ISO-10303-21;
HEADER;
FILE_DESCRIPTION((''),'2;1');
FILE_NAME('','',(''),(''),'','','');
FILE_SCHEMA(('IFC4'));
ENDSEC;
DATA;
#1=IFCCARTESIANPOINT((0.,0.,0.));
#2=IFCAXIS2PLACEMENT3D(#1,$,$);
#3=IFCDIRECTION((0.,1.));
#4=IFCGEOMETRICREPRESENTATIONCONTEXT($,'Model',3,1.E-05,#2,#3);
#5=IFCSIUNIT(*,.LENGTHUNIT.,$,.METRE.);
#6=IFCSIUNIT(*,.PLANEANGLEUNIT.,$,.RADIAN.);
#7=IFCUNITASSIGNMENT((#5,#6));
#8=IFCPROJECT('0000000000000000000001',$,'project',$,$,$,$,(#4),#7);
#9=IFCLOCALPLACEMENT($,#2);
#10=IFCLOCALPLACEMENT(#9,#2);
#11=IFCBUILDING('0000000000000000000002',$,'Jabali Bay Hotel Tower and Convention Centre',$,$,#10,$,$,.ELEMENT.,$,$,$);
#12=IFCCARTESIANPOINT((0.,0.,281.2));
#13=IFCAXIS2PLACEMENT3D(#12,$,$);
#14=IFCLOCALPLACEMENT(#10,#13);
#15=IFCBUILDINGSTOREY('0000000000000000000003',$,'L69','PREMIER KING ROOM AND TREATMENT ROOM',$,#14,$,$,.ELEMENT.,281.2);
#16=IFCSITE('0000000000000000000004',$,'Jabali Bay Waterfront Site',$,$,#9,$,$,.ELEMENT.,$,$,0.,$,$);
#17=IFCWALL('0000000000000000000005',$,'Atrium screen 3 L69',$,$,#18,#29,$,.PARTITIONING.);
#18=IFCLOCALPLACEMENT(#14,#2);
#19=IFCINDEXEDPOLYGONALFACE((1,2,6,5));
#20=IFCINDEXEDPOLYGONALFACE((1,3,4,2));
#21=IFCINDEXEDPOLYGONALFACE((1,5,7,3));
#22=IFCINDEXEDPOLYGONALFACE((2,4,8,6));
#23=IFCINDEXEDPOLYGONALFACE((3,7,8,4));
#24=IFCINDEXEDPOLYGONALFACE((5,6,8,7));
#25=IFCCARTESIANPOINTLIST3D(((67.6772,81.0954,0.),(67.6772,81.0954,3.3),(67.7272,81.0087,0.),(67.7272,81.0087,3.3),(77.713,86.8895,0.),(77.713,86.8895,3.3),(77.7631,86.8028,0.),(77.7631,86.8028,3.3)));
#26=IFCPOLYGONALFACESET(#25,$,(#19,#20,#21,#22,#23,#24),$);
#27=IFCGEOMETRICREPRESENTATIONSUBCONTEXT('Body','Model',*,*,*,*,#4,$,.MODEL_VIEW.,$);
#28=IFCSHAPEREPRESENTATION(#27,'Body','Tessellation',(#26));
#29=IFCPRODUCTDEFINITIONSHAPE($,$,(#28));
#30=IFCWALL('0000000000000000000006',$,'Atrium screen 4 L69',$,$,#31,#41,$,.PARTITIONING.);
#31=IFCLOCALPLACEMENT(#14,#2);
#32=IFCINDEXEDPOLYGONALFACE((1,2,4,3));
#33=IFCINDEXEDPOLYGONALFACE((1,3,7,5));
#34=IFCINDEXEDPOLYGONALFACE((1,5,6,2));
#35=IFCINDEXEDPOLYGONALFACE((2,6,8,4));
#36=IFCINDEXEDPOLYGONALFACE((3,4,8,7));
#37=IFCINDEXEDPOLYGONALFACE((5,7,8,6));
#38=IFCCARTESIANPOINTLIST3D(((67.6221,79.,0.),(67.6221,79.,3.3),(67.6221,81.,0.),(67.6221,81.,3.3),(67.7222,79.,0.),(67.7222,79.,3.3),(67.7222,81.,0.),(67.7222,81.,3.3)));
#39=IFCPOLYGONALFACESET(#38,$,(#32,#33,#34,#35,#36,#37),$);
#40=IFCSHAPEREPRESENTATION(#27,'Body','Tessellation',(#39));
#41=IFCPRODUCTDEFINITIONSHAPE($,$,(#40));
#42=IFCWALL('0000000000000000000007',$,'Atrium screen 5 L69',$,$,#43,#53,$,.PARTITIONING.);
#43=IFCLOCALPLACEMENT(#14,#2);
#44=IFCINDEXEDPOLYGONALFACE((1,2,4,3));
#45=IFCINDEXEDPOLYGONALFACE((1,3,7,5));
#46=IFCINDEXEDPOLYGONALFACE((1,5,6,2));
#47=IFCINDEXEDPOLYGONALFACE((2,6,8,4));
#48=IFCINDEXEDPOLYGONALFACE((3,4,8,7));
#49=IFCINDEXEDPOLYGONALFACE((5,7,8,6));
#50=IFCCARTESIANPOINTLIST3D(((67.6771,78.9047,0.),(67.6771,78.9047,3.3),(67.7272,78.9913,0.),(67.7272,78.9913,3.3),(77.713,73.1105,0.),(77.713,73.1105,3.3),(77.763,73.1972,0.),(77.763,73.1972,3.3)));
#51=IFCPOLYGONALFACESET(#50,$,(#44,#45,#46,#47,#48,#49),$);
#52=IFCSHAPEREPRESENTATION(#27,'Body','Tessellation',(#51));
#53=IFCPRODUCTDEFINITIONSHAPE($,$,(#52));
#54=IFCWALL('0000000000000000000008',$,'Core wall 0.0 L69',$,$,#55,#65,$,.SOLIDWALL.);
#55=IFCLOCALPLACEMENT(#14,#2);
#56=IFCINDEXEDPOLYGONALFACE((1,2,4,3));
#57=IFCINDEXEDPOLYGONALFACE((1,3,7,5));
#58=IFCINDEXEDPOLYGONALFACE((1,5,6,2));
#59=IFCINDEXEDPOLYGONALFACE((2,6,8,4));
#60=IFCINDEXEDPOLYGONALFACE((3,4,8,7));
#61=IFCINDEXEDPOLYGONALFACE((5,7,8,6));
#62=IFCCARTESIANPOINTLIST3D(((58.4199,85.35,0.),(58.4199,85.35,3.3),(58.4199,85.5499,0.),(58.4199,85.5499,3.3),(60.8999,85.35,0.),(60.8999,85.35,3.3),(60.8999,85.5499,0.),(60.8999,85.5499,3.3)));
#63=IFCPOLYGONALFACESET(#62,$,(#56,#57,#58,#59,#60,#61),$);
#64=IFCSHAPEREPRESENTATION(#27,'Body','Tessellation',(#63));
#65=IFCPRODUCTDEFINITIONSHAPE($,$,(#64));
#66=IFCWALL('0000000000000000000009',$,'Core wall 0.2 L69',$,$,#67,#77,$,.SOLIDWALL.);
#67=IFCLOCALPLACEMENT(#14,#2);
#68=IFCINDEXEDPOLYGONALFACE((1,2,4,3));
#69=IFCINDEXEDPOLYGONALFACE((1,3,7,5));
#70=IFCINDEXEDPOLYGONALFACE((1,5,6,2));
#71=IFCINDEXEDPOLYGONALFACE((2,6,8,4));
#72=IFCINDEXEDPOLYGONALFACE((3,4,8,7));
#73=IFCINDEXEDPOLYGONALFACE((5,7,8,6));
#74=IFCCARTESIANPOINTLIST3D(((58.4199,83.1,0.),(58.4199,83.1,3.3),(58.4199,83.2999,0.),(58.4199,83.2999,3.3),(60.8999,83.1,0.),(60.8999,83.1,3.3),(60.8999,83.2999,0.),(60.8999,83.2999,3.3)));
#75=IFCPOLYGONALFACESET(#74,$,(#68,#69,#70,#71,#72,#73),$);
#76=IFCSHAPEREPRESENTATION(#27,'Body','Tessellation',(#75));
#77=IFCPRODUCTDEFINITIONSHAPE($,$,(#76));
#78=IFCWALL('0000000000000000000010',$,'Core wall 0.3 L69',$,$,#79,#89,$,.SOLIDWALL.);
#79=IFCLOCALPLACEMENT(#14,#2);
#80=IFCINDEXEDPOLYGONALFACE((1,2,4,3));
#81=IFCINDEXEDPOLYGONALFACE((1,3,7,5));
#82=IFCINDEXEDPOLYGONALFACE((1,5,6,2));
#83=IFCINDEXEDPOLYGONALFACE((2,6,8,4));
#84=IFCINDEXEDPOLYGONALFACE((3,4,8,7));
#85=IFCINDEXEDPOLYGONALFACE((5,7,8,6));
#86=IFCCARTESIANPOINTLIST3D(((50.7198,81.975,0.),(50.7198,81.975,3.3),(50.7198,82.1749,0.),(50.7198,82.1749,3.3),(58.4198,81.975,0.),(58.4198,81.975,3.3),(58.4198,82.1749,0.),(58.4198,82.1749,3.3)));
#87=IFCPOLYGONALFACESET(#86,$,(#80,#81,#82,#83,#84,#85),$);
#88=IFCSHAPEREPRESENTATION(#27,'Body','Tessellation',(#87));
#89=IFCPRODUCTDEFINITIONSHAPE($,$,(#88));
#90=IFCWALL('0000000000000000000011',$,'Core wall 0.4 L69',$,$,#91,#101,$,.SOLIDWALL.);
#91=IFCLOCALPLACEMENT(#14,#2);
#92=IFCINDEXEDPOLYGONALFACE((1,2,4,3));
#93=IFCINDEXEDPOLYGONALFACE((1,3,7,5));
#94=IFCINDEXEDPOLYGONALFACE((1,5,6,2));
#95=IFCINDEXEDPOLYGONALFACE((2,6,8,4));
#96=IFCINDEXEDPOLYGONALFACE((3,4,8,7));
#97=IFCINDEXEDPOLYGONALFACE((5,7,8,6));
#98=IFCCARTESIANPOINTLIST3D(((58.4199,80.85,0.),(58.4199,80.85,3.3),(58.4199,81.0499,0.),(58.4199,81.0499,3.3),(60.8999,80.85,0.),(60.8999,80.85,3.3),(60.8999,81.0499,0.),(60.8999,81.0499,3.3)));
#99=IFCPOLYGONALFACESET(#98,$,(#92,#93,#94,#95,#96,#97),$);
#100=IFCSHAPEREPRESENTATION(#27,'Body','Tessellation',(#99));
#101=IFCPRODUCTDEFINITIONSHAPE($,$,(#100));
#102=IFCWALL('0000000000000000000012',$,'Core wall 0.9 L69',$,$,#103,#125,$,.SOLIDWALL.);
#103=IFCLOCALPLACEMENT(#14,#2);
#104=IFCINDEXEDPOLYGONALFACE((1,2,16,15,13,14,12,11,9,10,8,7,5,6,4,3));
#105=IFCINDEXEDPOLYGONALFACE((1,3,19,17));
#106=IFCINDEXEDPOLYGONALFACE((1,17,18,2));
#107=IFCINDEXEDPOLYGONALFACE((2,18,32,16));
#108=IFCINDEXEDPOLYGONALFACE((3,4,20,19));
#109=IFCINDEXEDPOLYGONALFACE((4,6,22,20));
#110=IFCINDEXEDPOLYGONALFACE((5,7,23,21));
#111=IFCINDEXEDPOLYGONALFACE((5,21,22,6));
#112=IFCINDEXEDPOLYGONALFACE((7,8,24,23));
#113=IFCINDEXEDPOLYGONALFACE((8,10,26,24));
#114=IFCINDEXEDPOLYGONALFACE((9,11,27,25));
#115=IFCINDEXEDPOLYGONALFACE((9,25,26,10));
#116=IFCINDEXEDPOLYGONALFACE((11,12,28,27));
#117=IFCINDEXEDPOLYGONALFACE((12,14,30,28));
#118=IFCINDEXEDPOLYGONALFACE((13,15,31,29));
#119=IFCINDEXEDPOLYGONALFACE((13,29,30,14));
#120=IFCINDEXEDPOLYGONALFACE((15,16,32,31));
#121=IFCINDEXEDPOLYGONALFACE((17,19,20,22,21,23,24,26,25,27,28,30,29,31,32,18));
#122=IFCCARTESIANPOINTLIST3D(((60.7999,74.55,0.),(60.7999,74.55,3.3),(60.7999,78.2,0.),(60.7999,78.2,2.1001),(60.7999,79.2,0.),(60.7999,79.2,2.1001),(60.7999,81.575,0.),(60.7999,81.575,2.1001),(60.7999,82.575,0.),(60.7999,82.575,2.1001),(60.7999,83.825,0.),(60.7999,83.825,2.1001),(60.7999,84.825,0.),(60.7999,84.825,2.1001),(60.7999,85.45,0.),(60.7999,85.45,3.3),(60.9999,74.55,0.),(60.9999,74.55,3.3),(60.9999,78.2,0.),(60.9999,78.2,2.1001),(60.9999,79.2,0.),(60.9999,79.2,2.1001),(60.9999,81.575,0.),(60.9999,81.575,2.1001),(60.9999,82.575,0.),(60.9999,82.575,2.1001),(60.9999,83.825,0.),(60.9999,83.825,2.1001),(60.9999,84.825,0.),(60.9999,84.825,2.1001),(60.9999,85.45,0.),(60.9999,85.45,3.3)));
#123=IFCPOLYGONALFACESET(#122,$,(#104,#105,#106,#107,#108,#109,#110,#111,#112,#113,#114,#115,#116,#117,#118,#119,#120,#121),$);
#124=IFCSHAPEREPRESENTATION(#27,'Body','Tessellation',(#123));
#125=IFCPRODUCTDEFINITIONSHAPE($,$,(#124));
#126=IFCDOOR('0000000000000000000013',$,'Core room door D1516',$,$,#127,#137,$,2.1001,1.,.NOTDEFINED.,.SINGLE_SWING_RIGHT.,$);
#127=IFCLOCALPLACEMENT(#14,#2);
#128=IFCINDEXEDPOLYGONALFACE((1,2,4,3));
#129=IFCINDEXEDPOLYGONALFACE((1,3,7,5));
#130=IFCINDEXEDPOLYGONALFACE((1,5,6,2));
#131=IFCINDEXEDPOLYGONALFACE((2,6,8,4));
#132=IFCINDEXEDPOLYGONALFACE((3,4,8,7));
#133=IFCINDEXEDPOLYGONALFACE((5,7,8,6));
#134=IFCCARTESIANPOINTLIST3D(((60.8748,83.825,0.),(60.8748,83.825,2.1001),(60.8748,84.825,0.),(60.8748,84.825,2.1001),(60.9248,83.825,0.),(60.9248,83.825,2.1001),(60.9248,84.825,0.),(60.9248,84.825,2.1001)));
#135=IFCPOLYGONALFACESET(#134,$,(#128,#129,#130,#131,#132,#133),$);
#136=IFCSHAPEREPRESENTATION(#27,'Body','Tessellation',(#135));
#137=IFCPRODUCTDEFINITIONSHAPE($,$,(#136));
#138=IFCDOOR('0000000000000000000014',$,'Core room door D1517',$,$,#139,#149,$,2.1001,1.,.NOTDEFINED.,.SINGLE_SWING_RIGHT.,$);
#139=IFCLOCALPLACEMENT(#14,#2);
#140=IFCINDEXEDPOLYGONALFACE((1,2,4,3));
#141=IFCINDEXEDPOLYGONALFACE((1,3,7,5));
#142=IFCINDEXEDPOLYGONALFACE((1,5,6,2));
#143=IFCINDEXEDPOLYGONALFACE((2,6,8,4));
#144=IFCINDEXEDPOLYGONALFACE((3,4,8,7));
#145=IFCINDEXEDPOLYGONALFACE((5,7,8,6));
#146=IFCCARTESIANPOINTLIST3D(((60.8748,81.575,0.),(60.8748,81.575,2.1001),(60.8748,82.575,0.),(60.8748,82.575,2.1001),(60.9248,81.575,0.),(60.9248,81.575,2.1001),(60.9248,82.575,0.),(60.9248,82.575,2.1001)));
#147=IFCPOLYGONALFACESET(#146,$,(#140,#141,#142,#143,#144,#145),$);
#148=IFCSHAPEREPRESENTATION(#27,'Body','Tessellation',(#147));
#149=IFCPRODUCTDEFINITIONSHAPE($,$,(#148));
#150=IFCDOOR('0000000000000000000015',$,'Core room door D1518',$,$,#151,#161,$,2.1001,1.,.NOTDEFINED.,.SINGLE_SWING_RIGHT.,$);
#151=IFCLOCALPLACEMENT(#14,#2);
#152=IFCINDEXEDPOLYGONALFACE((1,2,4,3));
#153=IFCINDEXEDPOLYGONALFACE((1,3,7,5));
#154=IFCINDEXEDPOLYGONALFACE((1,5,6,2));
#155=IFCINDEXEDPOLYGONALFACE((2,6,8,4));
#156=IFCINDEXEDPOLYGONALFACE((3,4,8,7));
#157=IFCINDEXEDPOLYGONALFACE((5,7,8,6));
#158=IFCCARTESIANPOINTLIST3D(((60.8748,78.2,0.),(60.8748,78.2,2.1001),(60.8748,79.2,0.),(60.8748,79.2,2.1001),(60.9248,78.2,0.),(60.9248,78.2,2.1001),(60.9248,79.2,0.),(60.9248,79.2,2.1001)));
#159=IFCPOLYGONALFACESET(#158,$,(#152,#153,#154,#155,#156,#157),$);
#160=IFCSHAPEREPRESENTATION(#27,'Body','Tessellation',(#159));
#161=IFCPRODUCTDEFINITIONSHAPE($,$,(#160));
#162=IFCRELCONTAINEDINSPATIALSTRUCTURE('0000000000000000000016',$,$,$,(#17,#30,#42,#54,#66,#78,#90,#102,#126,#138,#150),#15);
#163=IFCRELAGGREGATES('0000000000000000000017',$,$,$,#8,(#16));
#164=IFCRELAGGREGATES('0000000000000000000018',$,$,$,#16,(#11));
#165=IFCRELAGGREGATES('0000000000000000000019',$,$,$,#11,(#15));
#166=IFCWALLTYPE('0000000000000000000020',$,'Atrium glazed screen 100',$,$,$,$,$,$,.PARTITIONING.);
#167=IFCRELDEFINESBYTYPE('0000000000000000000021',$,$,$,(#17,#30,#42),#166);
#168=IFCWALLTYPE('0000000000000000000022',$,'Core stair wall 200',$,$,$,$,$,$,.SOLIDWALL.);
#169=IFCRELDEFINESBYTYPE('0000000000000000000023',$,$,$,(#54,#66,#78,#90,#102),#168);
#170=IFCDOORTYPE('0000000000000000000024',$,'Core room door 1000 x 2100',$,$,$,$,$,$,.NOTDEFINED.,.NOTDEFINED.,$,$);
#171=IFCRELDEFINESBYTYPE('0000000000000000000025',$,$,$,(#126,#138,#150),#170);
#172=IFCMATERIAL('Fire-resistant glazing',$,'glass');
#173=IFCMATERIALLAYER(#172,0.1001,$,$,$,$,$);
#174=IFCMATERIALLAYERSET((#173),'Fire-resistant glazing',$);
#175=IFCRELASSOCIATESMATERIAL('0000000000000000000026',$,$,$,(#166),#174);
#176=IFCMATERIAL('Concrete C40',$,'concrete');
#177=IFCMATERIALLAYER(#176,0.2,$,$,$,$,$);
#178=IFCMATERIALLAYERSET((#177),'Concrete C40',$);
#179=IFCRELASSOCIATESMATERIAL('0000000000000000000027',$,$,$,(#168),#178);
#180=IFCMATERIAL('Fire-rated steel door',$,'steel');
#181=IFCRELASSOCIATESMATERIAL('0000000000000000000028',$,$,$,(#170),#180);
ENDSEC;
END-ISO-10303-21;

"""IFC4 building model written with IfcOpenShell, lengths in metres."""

from ifc_helpers import new_model, si_unit, direction, frame, frame_2d, origin, place, context, subcontext, project, spatial, rectangle, extrude, material, layer, layer_set, type_object, element, fill, save


model = new_model("IFC4")

# Units and contexts
model_context = context("Model", 3, precision=1e-05, world=origin(), true_north=direction((0.0, 1.0)))
body_context = subcontext(model_context, "Body", "Model", "MODEL_VIEW")
ifc_project = project(units=[si_unit("LENGTHUNIT", "METRE"), si_unit("PLANEANGLEUNIT", "RADIAN")], contexts=[model_context])

# Site, building, storey
site_placement = place(None, origin())
site = spatial("IfcSite", under=ifc_project, at=site_placement, Name="Jabali Bay Waterfront Site", CompositionType="ELEMENT", RefElevation=0.0)
building_placement = place(site_placement, origin())
building = spatial("IfcBuilding", under=site, at=building_placement, Name="Jabali Bay Hotel Tower and Convention Centre", CompositionType="ELEMENT")
storey_placement = place(building_placement, frame((0.0, 0.0, 281.2)))
storey = spatial("IfcBuildingStorey", under=building, at=storey_placement, Name="L69", Description="PREMIER KING ROOM AND TREATMENT ROOM", CompositionType="ELEMENT", Elevation=281.2)

# Walls
ifc_material_1 = material(Name="Fire-resistant glazing", Category="glass")
ifc_layer_1 = layer(ifc_material_1, 0.1001)
ifc_layer_set_1 = layer_set([ifc_layer_1], Name="Fire-resistant glazing")
wall_type_1 = type_object("IfcWallType", Name="Atrium glazed screen 100", PredefinedType="PARTITIONING", material=ifc_layer_set_1)
wall_1_placement = place(storey_placement, frame((77.738, 86.8462, 0.0), z_axis=(0.0, 0.0, 1.0), x_axis=(-0.866027, -0.499998, 0.0)))
element("IfcWall", 1, at=wall_1_placement, inside=storey, type_object=wall_type_1, Name="Atrium screen 3 L69", PredefinedType="PARTITIONING", context=body_context, shape_type="SweptSolid", body=[
    extrude(rectangle(XDim=11.5884, YDim=0.1001, at=frame_2d((5.7942, 0.0))), origin(), (0.0, 0.0, 1.0), 3.3),
])
wall_2_placement = place(storey_placement, frame((67.6721, 81.0, 0.0), z_axis=(0.0, 0.0, 1.0), x_axis=(0.0, -1.0, 0.0)))
element("IfcWall", 2, at=wall_2_placement, inside=storey, type_object=wall_type_1, Name="Atrium screen 4 L69", PredefinedType="PARTITIONING", context=body_context, shape_type="SweptSolid", body=[
    extrude(rectangle(XDim=2.0, YDim=0.1001, at=frame_2d((1.0, 0.0))), origin(), (0.0, 0.0, 1.0), 3.3),
])
wall_3_placement = place(storey_placement, frame((67.7021, 78.948, 0.0), z_axis=(0.0, 0.0, 1.0), x_axis=(0.866027, -0.499998, 0.0)))
element("IfcWall", 3, at=wall_3_placement, inside=storey, type_object=wall_type_1, Name="Atrium screen 5 L69", PredefinedType="PARTITIONING", context=body_context, shape_type="SweptSolid", body=[
    extrude(rectangle(XDim=11.5884, YDim=0.1001, at=frame_2d((5.7942, 0.0))), origin(), (0.0, 0.0, 1.0), 3.3),
])
ifc_material_2 = material(Name="Concrete C40", Category="concrete")
ifc_layer_2 = layer(ifc_material_2, 0.2)
ifc_layer_set_2 = layer_set([ifc_layer_2], Name="Concrete C40")
wall_type_2 = type_object("IfcWallType", Name="Core stair wall 200", PredefinedType="SOLIDWALL", material=ifc_layer_set_2)
for number, where, z_axis, x_axis, name in (
    (4, (60.8999, 85.45, 0.0), (0.0, 0.0, 1.0), (-1.0, 0.0, 0.0), "Core wall 0.0 L69"),
    (5, (60.8999, 83.2, 0.0), (0.0, 0.0, 1.0), (-1.0, 0.0, 0.0), "Core wall 0.2 L69"),
):
    element("IfcWall", number, at=place(storey_placement, frame(where, z_axis=z_axis, x_axis=x_axis)), inside=storey, type_object=wall_type_2, Name=name, PredefinedType="SOLIDWALL", context=body_context, shape_type="SweptSolid", body=[
        extrude(rectangle(XDim=2.48, YDim=0.2, at=frame_2d((1.24, 0.0))), origin(), (0.0, 0.0, 1.0), 3.3),
    ])
wall_4_placement = place(storey_placement, frame((58.4199, 82.075, 0.0), z_axis=(0.0, 0.0, 1.0), x_axis=(-1.0, 0.0, 0.0)))
element("IfcWall", 6, at=wall_4_placement, inside=storey, type_object=wall_type_2, Name="Core wall 0.3 L69", PredefinedType="SOLIDWALL", context=body_context, shape_type="SweptSolid", body=[
    extrude(rectangle(XDim=7.7, YDim=0.2, at=frame_2d((3.8501, 0.0))), origin(), (0.0, 0.0, 1.0), 3.3),
])
wall_5_placement = place(storey_placement, frame((60.8999, 80.95, 0.0), z_axis=(0.0, 0.0, 1.0), x_axis=(-1.0, 0.0, 0.0)))
element("IfcWall", 7, at=wall_5_placement, inside=storey, type_object=wall_type_2, Name="Core wall 0.4 L69", PredefinedType="SOLIDWALL", context=body_context, shape_type="SweptSolid", body=[
    extrude(rectangle(XDim=2.48, YDim=0.2, at=frame_2d((1.24, 0.0))), origin(), (0.0, 0.0, 1.0), 3.3),
])

# Wall, openings, doors
wall_6_placement = place(storey_placement, frame((60.8999, 85.45, 0.0), z_axis=(0.0, 0.0, 1.0), x_axis=(0.0, -1.0, 0.0)))
wall_6 = element("IfcWall", 8, at=wall_6_placement, inside=storey, type_object=wall_type_2, Name="Core wall 0.9 L69", PredefinedType="SOLIDWALL", context=body_context, shape_type="SweptSolid", body=[
    extrude(rectangle(XDim=10.8999, YDim=0.2, at=frame_2d((5.45, 0.0))), origin(), (0.0, 0.0, 1.0), 3.3),
])
opening_1_placement = place(wall_6_placement, frame((0.625, 0.0, 0.0)))
opening_1 = element("IfcOpeningElement", 9, at=opening_1_placement, cuts=wall_6, PredefinedType="OPENING", context=body_context, shape_type="SweptSolid", body=[
    extrude(rectangle(XDim=1.0, YDim=2.1001, at=frame_2d((0.5, 1.05))), frame((0.0, 0.1104, 0.0), z_axis=(0.0, -1.0, 0.0), x_axis=(1.0, 0.0, 0.0)), (0.0, 0.0, 1.0), 0.2209),
])
opening_2_placement = place(wall_6_placement, frame((2.875, 0.0, 0.0)))
opening_2 = element("IfcOpeningElement", 10, at=opening_2_placement, cuts=wall_6, PredefinedType="OPENING", context=body_context, shape_type="SweptSolid", body=[
    extrude(rectangle(XDim=1.0, YDim=2.1001, at=frame_2d((0.5, 1.05))), frame((0.0, 0.1104, 0.0), z_axis=(0.0, -1.0, 0.0), x_axis=(1.0, 0.0, 0.0)), (0.0, 0.0, 1.0), 0.2209),
])
opening_3_placement = place(wall_6_placement, frame((6.25, 0.0, 0.0)))
opening_3 = element("IfcOpeningElement", 11, at=opening_3_placement, cuts=wall_6, PredefinedType="OPENING", context=body_context, shape_type="SweptSolid", body=[
    extrude(rectangle(XDim=1.0, YDim=2.1001, at=frame_2d((0.5, 1.05))), frame((0.0, 0.1104, 0.0), z_axis=(0.0, -1.0, 0.0), x_axis=(1.0, 0.0, 0.0)), (0.0, 0.0, 1.0), 0.2209),
])
ifc_material_3 = material(Name="Fire-rated steel door", Category="steel")
door_type_1 = type_object("IfcDoorType", Name="Core room door 1000 x 2100", OperationType="NOTDEFINED", PredefinedType="NOTDEFINED", material=ifc_material_3)
door_1_placement = place(opening_1_placement, origin())
door_1 = element("IfcDoor", 12, at=door_1_placement, inside=storey, type_object=door_type_1, Name="Core room door D1516", OperationType="SINGLE_SWING_RIGHT", OverallHeight=2.1001, OverallWidth=1.0, PredefinedType="NOTDEFINED", context=body_context, shape_type="SweptSolid", body=[
    extrude(rectangle(XDim=1.0, YDim=2.1001, at=frame_2d((0.5, 1.05))), frame((0.0, 0.0249, 0.0), z_axis=(0.0, -1.0, 0.0), x_axis=(1.0, 0.0, 0.0)), (0.0, 0.0, 1.0), 0.05),
])
fill(opening_1, door_1)
door_2_placement = place(opening_2_placement, origin())
door_2 = element("IfcDoor", 13, at=door_2_placement, inside=storey, type_object=door_type_1, Name="Core room door D1517", OperationType="SINGLE_SWING_RIGHT", OverallHeight=2.1001, OverallWidth=1.0, PredefinedType="NOTDEFINED", context=body_context, shape_type="SweptSolid", body=[
    extrude(rectangle(XDim=1.0, YDim=2.1001, at=frame_2d((0.5, 1.05))), frame((0.0, 0.0249, 0.0), z_axis=(0.0, -1.0, 0.0), x_axis=(1.0, 0.0, 0.0)), (0.0, 0.0, 1.0), 0.05),
])
fill(opening_2, door_2)
door_3_placement = place(opening_3_placement, origin())
door_3 = element("IfcDoor", 14, at=door_3_placement, inside=storey, type_object=door_type_1, Name="Core room door D1518", OperationType="SINGLE_SWING_RIGHT", OverallHeight=2.1001, OverallWidth=1.0, PredefinedType="NOTDEFINED", context=body_context, shape_type="SweptSolid", body=[
    extrude(rectangle(XDim=1.0, YDim=2.1001, at=frame_2d((0.5, 1.05))), frame((0.0, 0.0249, 0.0), z_axis=(0.0, -1.0, 0.0), x_axis=(1.0, 0.0, 0.0)), (0.0, 0.0, 1.0), 0.05),
])
fill(opening_3, door_3)

save(model, "model.ifc")
